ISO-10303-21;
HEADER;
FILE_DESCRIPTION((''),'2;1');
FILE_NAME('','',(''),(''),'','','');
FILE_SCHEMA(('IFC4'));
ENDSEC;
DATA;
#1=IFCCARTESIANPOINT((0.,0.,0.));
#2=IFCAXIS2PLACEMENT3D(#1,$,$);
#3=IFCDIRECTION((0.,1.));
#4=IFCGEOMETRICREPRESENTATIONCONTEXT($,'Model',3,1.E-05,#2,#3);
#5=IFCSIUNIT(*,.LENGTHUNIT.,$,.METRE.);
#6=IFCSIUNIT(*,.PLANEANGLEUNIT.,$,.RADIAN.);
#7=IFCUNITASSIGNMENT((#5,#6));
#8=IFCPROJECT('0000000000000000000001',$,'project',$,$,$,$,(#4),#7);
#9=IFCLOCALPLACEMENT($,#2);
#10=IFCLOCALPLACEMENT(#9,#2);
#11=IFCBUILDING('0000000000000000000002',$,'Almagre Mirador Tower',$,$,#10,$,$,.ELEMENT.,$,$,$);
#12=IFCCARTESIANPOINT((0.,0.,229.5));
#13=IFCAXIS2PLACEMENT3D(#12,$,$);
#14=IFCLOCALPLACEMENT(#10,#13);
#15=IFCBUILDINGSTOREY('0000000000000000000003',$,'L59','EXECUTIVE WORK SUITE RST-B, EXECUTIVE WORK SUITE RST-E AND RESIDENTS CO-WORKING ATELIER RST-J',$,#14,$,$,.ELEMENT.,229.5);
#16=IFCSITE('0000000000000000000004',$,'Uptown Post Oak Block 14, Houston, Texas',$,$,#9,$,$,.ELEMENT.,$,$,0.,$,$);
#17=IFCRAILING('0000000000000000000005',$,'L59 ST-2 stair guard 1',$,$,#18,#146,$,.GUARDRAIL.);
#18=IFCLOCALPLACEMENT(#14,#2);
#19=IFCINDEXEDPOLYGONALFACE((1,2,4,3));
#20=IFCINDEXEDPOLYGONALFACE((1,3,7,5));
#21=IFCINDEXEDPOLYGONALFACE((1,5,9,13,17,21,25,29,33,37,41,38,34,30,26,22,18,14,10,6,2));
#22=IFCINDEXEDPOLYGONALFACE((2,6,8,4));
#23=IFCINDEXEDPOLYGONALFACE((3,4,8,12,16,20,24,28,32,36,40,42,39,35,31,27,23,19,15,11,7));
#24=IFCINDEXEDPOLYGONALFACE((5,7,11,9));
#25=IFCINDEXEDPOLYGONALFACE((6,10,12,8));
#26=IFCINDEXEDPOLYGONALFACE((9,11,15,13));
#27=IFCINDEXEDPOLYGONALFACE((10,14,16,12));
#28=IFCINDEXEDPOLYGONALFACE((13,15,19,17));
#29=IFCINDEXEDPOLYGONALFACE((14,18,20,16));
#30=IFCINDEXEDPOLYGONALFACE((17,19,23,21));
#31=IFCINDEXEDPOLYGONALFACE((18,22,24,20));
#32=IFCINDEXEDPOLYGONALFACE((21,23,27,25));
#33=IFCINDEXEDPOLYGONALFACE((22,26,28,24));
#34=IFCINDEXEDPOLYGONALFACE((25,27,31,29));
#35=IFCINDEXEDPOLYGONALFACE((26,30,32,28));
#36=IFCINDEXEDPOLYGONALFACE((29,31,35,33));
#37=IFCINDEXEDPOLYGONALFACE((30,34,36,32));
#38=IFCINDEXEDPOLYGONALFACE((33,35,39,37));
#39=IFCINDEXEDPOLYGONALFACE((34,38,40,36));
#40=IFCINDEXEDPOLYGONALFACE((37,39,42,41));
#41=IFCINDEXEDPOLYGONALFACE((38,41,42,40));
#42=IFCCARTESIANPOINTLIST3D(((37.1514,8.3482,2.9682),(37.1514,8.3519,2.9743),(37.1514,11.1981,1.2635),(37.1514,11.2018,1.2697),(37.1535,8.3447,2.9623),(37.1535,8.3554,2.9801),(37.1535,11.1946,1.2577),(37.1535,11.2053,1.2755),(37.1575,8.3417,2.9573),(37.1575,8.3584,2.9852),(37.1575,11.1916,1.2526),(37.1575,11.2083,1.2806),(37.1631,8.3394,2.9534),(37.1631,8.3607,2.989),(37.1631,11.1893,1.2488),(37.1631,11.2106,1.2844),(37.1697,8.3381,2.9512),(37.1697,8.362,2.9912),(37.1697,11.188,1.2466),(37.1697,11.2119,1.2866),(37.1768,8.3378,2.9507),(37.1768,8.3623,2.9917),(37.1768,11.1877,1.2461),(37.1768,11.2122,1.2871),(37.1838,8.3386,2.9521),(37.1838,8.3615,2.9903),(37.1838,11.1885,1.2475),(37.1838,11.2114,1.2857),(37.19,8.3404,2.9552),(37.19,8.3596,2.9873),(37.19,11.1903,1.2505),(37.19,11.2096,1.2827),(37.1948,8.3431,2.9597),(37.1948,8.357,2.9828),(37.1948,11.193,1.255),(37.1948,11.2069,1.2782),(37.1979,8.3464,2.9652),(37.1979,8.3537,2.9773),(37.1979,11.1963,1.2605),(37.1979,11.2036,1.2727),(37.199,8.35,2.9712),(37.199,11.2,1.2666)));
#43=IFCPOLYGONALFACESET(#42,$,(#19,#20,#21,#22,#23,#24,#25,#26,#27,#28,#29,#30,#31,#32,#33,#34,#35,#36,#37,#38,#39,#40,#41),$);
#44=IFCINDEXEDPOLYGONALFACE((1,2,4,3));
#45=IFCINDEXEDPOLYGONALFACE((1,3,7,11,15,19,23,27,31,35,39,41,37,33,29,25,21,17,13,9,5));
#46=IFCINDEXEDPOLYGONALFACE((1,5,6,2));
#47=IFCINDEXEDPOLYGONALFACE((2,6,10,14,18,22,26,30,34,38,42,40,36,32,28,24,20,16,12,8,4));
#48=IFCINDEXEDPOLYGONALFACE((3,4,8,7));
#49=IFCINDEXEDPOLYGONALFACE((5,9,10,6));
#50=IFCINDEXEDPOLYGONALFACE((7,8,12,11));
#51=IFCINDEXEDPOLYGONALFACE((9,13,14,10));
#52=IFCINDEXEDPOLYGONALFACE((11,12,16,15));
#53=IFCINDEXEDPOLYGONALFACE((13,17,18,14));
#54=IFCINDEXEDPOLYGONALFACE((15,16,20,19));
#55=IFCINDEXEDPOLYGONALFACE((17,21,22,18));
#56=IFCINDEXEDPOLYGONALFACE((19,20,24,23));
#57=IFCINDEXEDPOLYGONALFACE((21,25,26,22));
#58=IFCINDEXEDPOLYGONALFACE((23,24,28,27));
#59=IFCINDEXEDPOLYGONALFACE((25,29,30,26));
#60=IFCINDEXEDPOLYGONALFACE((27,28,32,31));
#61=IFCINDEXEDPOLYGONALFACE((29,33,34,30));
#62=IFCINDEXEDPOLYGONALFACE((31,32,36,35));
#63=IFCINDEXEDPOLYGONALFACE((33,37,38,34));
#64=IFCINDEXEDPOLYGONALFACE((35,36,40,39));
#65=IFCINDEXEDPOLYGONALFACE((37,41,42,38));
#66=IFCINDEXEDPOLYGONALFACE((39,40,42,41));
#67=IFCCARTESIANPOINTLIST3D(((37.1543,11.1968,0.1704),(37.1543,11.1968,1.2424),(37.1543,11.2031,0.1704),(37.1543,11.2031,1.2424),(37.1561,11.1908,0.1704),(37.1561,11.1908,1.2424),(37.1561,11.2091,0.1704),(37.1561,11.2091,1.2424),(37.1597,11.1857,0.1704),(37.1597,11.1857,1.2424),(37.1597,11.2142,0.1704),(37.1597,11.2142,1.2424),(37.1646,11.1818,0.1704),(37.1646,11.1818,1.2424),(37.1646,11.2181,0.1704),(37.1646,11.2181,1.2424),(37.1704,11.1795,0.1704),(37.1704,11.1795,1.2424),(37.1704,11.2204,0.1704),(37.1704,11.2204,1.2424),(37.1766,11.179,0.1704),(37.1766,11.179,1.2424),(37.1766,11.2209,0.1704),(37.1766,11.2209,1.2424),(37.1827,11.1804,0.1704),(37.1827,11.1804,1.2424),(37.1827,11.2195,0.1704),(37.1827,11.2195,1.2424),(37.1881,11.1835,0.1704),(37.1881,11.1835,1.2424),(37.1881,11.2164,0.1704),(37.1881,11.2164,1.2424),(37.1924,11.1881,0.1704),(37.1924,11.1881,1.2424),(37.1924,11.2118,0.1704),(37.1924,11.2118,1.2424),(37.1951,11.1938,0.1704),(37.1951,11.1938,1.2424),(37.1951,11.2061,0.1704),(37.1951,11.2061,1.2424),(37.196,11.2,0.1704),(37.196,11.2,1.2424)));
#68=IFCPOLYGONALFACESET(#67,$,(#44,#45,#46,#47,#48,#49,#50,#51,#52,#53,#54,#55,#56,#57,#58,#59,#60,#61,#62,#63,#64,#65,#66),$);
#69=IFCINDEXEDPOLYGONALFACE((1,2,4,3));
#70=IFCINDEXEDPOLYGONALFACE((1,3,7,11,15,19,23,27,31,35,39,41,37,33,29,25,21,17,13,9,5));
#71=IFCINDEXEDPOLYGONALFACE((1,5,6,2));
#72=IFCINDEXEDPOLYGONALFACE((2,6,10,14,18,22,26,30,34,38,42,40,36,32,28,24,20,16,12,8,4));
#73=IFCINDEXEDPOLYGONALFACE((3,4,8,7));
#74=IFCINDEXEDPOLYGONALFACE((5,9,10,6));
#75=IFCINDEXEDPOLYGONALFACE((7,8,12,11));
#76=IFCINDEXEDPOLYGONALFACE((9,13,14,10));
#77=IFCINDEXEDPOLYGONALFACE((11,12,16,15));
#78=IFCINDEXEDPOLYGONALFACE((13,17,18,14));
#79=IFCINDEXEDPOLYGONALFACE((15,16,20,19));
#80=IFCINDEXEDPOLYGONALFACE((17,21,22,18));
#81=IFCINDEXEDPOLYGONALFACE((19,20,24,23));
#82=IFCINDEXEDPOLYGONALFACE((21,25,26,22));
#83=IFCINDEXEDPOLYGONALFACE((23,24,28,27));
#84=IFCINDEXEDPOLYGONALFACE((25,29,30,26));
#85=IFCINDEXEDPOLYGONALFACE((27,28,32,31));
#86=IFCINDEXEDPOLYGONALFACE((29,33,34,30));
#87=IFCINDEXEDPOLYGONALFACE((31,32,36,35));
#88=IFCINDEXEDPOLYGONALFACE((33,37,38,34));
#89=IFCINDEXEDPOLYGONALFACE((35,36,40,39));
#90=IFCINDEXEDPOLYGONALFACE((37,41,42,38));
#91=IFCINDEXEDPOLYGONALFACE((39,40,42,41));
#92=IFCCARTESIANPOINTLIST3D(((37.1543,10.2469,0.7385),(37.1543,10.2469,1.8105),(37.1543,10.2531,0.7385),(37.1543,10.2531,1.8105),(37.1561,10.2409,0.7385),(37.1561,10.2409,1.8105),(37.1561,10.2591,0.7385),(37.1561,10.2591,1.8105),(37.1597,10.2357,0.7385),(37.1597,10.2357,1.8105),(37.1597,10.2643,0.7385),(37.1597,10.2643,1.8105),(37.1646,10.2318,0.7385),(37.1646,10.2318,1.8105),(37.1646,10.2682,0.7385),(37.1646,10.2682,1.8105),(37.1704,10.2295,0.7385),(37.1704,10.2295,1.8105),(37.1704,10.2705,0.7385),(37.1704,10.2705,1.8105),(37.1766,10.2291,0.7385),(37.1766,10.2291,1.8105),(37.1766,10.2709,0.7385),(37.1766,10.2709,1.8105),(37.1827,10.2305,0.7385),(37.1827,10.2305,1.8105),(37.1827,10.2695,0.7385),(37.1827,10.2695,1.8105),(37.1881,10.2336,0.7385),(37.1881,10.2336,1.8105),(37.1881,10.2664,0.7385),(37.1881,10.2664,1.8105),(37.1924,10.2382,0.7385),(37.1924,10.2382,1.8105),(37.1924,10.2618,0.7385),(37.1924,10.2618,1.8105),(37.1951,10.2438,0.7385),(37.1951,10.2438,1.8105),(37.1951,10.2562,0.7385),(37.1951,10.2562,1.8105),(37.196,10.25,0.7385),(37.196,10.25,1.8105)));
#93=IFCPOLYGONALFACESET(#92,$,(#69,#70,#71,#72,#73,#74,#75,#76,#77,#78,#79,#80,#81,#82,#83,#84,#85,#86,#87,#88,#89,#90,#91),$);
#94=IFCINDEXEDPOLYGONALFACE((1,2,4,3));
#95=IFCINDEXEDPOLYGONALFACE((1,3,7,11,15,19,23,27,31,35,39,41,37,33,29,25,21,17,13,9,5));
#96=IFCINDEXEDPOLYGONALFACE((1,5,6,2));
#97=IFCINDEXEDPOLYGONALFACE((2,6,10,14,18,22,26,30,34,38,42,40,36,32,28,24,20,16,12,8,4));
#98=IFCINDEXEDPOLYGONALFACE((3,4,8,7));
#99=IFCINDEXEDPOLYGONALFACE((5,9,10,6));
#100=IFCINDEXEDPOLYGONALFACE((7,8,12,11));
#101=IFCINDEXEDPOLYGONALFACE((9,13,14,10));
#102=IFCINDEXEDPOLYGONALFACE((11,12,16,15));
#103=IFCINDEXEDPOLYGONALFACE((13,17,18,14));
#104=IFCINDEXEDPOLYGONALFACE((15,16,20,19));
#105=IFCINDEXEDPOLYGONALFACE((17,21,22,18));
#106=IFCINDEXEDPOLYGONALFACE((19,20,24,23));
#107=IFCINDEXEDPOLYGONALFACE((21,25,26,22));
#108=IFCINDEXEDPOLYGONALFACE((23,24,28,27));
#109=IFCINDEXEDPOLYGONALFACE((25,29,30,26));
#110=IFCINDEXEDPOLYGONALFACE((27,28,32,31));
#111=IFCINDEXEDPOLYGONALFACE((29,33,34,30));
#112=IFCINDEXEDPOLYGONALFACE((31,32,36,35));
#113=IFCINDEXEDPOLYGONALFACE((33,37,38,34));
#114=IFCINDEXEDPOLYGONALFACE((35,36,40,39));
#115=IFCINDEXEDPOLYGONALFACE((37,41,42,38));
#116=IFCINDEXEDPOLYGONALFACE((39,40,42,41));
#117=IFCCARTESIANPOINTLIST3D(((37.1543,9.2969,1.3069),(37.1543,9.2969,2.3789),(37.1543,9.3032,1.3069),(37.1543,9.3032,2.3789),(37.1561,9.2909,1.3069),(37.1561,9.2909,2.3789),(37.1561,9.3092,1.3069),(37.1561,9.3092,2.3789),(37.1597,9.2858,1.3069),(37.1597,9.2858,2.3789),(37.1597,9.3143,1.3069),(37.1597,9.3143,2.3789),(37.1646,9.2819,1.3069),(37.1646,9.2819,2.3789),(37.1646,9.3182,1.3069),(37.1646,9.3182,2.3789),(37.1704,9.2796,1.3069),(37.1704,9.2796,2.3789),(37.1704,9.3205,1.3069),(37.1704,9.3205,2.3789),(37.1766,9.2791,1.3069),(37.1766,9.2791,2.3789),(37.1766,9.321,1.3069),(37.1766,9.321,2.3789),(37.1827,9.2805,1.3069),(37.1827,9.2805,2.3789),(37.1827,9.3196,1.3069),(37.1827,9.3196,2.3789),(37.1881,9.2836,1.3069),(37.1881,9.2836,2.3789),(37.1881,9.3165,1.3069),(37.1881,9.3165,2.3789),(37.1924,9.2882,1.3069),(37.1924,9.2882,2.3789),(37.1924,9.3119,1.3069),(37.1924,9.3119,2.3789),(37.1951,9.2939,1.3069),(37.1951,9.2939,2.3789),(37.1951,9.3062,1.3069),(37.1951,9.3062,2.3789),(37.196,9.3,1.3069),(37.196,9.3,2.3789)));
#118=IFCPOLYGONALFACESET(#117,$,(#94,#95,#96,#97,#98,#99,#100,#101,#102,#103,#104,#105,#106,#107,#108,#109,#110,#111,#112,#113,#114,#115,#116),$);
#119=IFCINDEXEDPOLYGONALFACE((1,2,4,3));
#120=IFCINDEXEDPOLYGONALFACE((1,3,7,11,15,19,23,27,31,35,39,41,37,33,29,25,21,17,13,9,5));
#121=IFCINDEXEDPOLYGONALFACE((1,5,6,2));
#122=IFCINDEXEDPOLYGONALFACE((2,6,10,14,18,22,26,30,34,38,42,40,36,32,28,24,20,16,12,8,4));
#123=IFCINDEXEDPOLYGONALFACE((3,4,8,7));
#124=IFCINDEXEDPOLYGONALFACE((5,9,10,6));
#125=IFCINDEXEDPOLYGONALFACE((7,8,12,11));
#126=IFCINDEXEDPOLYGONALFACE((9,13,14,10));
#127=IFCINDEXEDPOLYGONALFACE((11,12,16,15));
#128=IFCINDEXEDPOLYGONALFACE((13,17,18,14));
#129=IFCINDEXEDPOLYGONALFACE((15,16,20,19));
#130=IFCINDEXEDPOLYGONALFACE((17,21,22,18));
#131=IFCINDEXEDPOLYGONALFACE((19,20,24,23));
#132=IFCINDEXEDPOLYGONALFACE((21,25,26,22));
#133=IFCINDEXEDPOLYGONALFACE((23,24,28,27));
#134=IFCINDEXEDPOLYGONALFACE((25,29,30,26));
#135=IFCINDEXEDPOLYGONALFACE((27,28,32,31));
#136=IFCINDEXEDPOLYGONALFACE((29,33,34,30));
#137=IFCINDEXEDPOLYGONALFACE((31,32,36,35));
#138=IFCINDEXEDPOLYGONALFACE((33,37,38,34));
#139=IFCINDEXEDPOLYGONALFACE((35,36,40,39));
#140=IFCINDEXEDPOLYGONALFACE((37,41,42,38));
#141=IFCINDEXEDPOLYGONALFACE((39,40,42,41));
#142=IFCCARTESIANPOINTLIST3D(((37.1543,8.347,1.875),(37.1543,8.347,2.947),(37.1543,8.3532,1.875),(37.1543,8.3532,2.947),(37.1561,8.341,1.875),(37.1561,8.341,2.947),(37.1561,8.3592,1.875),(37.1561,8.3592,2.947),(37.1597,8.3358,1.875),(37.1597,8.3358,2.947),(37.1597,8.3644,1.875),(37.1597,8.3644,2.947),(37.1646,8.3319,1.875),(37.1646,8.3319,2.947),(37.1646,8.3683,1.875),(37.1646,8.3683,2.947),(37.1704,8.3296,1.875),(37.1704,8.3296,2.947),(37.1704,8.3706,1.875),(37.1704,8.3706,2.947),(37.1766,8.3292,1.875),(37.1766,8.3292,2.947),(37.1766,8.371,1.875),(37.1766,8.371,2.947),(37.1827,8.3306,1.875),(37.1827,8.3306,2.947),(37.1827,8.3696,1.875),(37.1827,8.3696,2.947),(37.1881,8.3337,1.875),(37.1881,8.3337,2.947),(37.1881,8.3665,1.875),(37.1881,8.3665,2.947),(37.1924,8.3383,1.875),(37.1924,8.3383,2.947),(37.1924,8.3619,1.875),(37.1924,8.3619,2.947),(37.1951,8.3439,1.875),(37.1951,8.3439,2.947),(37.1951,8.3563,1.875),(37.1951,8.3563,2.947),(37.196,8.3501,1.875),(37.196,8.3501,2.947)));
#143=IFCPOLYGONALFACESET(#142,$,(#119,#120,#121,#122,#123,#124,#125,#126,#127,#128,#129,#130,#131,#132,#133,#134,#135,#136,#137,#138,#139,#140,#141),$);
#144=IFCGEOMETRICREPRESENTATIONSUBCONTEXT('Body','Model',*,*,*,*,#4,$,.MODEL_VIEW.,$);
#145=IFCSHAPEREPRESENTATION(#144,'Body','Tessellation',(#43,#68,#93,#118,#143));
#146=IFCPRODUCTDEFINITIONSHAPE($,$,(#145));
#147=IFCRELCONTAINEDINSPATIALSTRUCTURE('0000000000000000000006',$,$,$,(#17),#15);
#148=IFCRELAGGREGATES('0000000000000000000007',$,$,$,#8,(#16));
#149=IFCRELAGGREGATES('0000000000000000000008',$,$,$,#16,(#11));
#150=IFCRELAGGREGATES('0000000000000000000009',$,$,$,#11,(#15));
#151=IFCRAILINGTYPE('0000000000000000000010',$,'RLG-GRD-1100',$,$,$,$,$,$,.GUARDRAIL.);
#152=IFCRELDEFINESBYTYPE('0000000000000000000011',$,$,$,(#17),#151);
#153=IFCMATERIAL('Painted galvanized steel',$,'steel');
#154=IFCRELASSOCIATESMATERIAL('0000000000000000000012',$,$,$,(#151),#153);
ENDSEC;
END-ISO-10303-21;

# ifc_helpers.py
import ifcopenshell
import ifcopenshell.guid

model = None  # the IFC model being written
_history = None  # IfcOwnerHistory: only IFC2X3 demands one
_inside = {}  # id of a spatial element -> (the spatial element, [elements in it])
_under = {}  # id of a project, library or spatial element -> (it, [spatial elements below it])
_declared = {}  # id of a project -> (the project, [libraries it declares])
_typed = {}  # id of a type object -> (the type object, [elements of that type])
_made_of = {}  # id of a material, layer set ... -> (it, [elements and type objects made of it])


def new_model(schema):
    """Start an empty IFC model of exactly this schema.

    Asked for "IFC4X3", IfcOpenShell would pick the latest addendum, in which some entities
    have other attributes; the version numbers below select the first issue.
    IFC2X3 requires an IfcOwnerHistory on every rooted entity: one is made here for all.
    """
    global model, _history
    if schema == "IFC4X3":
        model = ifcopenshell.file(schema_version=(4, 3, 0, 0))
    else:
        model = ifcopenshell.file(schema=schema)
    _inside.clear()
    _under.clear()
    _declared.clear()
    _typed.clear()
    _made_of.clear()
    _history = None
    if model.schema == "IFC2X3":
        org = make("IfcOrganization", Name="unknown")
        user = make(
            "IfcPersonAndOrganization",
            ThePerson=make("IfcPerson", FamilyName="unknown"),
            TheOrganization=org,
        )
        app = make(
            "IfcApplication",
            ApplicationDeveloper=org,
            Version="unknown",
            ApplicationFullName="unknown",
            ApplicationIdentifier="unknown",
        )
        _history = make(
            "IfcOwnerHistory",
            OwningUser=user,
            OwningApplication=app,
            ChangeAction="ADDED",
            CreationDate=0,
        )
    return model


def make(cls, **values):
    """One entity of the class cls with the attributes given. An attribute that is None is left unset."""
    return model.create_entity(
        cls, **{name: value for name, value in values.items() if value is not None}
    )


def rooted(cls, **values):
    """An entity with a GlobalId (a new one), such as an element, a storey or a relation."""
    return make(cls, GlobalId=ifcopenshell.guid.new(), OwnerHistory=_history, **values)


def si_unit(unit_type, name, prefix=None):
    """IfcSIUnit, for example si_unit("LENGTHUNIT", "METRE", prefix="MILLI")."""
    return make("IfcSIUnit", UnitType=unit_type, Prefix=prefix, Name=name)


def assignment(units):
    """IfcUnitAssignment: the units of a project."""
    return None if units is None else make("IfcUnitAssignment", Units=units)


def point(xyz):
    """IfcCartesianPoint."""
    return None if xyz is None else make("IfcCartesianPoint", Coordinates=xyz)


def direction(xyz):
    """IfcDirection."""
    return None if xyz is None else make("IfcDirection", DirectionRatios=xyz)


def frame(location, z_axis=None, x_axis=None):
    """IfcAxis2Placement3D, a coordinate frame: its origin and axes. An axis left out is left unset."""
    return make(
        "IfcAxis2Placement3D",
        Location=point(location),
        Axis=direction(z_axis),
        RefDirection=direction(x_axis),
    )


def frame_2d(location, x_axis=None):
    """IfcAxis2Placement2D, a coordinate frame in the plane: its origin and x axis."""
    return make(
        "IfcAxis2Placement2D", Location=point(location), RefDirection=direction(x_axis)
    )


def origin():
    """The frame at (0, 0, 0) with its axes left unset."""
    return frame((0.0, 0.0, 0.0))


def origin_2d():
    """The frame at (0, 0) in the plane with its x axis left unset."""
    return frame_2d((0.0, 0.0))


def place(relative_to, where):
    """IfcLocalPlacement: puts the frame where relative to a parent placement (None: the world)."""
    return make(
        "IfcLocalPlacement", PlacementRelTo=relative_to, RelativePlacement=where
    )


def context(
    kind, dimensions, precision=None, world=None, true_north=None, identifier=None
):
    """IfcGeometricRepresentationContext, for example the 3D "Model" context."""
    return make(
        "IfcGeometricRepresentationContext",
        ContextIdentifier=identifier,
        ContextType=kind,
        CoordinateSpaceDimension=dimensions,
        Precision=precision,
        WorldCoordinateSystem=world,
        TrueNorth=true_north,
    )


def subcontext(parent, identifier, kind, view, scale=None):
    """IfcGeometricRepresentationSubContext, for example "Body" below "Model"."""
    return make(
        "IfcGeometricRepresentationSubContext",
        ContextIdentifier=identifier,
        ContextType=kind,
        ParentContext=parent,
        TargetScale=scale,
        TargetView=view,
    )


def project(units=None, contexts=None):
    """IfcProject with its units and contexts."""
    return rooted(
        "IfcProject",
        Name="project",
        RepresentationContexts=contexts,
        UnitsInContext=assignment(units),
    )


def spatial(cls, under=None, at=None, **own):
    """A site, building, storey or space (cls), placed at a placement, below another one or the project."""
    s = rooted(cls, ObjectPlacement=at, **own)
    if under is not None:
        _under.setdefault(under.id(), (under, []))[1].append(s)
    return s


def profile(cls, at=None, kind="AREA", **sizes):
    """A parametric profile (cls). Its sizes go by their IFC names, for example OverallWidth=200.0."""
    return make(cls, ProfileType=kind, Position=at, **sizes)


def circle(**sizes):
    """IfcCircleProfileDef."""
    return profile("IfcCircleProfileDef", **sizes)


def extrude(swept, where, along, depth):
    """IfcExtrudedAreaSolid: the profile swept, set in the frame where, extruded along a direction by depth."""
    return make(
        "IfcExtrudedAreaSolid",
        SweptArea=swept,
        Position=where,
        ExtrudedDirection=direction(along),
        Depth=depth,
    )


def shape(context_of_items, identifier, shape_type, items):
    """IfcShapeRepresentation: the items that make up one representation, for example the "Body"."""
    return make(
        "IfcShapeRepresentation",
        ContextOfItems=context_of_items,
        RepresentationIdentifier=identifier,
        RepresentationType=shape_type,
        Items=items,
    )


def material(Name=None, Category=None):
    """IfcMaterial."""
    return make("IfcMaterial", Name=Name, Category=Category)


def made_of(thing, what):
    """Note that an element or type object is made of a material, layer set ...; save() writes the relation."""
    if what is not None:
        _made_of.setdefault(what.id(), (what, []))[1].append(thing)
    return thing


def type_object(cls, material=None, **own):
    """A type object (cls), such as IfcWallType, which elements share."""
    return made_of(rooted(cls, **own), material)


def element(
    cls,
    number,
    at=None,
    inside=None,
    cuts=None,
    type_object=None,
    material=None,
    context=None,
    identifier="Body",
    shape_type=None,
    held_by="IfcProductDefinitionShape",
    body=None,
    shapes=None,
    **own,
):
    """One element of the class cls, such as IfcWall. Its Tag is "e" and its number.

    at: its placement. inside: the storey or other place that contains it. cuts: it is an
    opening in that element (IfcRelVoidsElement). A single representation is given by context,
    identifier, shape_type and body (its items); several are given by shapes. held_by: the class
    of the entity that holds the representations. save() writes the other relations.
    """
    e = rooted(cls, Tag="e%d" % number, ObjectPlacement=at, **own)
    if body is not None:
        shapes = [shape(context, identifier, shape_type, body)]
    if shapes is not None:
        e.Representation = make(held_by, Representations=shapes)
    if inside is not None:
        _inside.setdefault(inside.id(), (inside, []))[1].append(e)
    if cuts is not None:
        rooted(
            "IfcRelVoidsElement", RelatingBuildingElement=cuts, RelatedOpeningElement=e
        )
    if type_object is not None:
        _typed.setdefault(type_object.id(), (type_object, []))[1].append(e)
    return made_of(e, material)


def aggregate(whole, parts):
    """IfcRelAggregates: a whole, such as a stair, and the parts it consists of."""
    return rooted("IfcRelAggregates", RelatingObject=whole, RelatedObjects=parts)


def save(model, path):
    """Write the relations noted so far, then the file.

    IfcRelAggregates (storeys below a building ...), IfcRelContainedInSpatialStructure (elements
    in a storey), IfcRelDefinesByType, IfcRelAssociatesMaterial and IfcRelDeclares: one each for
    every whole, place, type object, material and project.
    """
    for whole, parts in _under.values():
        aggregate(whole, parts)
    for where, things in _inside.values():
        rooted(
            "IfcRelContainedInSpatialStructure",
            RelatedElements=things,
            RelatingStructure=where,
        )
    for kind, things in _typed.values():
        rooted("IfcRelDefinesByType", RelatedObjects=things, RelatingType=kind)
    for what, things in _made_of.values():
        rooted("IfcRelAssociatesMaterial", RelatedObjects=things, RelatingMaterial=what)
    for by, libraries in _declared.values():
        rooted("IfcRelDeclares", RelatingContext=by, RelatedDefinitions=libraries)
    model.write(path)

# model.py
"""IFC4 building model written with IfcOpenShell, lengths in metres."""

from ifc_helpers import new_model, si_unit, direction, frame, origin, origin_2d, place, context, subcontext, project, spatial, circle, extrude, material, type_object, element, save


model = new_model("IFC4")

# Units and contexts
model_context = context("Model", 3, precision=1e-05, world=origin(), true_north=direction((0.0, 1.0)))
body_context = subcontext(model_context, "Body", "Model", "MODEL_VIEW")
ifc_project = project(units=[si_unit("LENGTHUNIT", "METRE"), si_unit("PLANEANGLEUNIT", "RADIAN")], contexts=[model_context])

# Site, building, storey
site_placement = place(None, origin())
site = spatial("IfcSite", under=ifc_project, at=site_placement, Name="Uptown Post Oak Block 14, Houston, Texas", CompositionType="ELEMENT", RefElevation=0.0)
building_placement = place(site_placement, origin())
building = spatial("IfcBuilding", under=site, at=building_placement, Name="Almagre Mirador Tower", CompositionType="ELEMENT")
storey_placement = place(building_placement, frame((0.0, 0.0, 229.5)))
storey = spatial("IfcBuildingStorey", under=building, at=storey_placement, Name="L59", Description="EXECUTIVE WORK SUITE RST-B, EXECUTIVE WORK SUITE RST-E AND RESIDENTS CO-WORKING ATELIER RST-J", CompositionType="ELEMENT", Elevation=229.5)

# Railing
ifc_material_1 = material(Name="Painted galvanized steel", Category="steel")
railing_type_1 = type_object("IfcRailingType", Name="RLG-GRD-1100", PredefinedType="GUARDRAIL", material=ifc_material_1)
railing_1_placement = place(storey_placement, frame((37.175, 11.2, 0.1704)))
element("IfcRailing", 1, at=railing_1_placement, inside=storey, type_object=railing_type_1, Name="L59 ST-2 stair guard 1", PredefinedType="GUARDRAIL", context=body_context, shape_type="SweptSolid", body=[
    extrude(circle(Radius=0.0239, at=origin_2d()), frame((0.0, 0.0, 1.0962), z_axis=(0.0, -0.858199, 0.513317), x_axis=(1.0, 0.0, 0.0)), (0.0, 0.0, 1.0), 3.3208),
    extrude(circle(Radius=0.021, at=origin_2d()), origin(), (0.0, 0.0, 1.0), 1.072),
    extrude(circle(Radius=0.021, at=origin_2d()), frame((0.0, -0.95, 0.5681)), (0.0, 0.0, 1.0), 1.072),
    extrude(circle(Radius=0.021, at=origin_2d()), frame((0.0, -1.8999, 1.1365)), (0.0, 0.0, 1.0), 1.072),
    extrude(circle(Radius=0.021, at=origin_2d()), frame((0.0, -2.8499, 1.7046)), (0.0, 0.0, 1.0), 1.072),
])

save(model, "model.ifc")
